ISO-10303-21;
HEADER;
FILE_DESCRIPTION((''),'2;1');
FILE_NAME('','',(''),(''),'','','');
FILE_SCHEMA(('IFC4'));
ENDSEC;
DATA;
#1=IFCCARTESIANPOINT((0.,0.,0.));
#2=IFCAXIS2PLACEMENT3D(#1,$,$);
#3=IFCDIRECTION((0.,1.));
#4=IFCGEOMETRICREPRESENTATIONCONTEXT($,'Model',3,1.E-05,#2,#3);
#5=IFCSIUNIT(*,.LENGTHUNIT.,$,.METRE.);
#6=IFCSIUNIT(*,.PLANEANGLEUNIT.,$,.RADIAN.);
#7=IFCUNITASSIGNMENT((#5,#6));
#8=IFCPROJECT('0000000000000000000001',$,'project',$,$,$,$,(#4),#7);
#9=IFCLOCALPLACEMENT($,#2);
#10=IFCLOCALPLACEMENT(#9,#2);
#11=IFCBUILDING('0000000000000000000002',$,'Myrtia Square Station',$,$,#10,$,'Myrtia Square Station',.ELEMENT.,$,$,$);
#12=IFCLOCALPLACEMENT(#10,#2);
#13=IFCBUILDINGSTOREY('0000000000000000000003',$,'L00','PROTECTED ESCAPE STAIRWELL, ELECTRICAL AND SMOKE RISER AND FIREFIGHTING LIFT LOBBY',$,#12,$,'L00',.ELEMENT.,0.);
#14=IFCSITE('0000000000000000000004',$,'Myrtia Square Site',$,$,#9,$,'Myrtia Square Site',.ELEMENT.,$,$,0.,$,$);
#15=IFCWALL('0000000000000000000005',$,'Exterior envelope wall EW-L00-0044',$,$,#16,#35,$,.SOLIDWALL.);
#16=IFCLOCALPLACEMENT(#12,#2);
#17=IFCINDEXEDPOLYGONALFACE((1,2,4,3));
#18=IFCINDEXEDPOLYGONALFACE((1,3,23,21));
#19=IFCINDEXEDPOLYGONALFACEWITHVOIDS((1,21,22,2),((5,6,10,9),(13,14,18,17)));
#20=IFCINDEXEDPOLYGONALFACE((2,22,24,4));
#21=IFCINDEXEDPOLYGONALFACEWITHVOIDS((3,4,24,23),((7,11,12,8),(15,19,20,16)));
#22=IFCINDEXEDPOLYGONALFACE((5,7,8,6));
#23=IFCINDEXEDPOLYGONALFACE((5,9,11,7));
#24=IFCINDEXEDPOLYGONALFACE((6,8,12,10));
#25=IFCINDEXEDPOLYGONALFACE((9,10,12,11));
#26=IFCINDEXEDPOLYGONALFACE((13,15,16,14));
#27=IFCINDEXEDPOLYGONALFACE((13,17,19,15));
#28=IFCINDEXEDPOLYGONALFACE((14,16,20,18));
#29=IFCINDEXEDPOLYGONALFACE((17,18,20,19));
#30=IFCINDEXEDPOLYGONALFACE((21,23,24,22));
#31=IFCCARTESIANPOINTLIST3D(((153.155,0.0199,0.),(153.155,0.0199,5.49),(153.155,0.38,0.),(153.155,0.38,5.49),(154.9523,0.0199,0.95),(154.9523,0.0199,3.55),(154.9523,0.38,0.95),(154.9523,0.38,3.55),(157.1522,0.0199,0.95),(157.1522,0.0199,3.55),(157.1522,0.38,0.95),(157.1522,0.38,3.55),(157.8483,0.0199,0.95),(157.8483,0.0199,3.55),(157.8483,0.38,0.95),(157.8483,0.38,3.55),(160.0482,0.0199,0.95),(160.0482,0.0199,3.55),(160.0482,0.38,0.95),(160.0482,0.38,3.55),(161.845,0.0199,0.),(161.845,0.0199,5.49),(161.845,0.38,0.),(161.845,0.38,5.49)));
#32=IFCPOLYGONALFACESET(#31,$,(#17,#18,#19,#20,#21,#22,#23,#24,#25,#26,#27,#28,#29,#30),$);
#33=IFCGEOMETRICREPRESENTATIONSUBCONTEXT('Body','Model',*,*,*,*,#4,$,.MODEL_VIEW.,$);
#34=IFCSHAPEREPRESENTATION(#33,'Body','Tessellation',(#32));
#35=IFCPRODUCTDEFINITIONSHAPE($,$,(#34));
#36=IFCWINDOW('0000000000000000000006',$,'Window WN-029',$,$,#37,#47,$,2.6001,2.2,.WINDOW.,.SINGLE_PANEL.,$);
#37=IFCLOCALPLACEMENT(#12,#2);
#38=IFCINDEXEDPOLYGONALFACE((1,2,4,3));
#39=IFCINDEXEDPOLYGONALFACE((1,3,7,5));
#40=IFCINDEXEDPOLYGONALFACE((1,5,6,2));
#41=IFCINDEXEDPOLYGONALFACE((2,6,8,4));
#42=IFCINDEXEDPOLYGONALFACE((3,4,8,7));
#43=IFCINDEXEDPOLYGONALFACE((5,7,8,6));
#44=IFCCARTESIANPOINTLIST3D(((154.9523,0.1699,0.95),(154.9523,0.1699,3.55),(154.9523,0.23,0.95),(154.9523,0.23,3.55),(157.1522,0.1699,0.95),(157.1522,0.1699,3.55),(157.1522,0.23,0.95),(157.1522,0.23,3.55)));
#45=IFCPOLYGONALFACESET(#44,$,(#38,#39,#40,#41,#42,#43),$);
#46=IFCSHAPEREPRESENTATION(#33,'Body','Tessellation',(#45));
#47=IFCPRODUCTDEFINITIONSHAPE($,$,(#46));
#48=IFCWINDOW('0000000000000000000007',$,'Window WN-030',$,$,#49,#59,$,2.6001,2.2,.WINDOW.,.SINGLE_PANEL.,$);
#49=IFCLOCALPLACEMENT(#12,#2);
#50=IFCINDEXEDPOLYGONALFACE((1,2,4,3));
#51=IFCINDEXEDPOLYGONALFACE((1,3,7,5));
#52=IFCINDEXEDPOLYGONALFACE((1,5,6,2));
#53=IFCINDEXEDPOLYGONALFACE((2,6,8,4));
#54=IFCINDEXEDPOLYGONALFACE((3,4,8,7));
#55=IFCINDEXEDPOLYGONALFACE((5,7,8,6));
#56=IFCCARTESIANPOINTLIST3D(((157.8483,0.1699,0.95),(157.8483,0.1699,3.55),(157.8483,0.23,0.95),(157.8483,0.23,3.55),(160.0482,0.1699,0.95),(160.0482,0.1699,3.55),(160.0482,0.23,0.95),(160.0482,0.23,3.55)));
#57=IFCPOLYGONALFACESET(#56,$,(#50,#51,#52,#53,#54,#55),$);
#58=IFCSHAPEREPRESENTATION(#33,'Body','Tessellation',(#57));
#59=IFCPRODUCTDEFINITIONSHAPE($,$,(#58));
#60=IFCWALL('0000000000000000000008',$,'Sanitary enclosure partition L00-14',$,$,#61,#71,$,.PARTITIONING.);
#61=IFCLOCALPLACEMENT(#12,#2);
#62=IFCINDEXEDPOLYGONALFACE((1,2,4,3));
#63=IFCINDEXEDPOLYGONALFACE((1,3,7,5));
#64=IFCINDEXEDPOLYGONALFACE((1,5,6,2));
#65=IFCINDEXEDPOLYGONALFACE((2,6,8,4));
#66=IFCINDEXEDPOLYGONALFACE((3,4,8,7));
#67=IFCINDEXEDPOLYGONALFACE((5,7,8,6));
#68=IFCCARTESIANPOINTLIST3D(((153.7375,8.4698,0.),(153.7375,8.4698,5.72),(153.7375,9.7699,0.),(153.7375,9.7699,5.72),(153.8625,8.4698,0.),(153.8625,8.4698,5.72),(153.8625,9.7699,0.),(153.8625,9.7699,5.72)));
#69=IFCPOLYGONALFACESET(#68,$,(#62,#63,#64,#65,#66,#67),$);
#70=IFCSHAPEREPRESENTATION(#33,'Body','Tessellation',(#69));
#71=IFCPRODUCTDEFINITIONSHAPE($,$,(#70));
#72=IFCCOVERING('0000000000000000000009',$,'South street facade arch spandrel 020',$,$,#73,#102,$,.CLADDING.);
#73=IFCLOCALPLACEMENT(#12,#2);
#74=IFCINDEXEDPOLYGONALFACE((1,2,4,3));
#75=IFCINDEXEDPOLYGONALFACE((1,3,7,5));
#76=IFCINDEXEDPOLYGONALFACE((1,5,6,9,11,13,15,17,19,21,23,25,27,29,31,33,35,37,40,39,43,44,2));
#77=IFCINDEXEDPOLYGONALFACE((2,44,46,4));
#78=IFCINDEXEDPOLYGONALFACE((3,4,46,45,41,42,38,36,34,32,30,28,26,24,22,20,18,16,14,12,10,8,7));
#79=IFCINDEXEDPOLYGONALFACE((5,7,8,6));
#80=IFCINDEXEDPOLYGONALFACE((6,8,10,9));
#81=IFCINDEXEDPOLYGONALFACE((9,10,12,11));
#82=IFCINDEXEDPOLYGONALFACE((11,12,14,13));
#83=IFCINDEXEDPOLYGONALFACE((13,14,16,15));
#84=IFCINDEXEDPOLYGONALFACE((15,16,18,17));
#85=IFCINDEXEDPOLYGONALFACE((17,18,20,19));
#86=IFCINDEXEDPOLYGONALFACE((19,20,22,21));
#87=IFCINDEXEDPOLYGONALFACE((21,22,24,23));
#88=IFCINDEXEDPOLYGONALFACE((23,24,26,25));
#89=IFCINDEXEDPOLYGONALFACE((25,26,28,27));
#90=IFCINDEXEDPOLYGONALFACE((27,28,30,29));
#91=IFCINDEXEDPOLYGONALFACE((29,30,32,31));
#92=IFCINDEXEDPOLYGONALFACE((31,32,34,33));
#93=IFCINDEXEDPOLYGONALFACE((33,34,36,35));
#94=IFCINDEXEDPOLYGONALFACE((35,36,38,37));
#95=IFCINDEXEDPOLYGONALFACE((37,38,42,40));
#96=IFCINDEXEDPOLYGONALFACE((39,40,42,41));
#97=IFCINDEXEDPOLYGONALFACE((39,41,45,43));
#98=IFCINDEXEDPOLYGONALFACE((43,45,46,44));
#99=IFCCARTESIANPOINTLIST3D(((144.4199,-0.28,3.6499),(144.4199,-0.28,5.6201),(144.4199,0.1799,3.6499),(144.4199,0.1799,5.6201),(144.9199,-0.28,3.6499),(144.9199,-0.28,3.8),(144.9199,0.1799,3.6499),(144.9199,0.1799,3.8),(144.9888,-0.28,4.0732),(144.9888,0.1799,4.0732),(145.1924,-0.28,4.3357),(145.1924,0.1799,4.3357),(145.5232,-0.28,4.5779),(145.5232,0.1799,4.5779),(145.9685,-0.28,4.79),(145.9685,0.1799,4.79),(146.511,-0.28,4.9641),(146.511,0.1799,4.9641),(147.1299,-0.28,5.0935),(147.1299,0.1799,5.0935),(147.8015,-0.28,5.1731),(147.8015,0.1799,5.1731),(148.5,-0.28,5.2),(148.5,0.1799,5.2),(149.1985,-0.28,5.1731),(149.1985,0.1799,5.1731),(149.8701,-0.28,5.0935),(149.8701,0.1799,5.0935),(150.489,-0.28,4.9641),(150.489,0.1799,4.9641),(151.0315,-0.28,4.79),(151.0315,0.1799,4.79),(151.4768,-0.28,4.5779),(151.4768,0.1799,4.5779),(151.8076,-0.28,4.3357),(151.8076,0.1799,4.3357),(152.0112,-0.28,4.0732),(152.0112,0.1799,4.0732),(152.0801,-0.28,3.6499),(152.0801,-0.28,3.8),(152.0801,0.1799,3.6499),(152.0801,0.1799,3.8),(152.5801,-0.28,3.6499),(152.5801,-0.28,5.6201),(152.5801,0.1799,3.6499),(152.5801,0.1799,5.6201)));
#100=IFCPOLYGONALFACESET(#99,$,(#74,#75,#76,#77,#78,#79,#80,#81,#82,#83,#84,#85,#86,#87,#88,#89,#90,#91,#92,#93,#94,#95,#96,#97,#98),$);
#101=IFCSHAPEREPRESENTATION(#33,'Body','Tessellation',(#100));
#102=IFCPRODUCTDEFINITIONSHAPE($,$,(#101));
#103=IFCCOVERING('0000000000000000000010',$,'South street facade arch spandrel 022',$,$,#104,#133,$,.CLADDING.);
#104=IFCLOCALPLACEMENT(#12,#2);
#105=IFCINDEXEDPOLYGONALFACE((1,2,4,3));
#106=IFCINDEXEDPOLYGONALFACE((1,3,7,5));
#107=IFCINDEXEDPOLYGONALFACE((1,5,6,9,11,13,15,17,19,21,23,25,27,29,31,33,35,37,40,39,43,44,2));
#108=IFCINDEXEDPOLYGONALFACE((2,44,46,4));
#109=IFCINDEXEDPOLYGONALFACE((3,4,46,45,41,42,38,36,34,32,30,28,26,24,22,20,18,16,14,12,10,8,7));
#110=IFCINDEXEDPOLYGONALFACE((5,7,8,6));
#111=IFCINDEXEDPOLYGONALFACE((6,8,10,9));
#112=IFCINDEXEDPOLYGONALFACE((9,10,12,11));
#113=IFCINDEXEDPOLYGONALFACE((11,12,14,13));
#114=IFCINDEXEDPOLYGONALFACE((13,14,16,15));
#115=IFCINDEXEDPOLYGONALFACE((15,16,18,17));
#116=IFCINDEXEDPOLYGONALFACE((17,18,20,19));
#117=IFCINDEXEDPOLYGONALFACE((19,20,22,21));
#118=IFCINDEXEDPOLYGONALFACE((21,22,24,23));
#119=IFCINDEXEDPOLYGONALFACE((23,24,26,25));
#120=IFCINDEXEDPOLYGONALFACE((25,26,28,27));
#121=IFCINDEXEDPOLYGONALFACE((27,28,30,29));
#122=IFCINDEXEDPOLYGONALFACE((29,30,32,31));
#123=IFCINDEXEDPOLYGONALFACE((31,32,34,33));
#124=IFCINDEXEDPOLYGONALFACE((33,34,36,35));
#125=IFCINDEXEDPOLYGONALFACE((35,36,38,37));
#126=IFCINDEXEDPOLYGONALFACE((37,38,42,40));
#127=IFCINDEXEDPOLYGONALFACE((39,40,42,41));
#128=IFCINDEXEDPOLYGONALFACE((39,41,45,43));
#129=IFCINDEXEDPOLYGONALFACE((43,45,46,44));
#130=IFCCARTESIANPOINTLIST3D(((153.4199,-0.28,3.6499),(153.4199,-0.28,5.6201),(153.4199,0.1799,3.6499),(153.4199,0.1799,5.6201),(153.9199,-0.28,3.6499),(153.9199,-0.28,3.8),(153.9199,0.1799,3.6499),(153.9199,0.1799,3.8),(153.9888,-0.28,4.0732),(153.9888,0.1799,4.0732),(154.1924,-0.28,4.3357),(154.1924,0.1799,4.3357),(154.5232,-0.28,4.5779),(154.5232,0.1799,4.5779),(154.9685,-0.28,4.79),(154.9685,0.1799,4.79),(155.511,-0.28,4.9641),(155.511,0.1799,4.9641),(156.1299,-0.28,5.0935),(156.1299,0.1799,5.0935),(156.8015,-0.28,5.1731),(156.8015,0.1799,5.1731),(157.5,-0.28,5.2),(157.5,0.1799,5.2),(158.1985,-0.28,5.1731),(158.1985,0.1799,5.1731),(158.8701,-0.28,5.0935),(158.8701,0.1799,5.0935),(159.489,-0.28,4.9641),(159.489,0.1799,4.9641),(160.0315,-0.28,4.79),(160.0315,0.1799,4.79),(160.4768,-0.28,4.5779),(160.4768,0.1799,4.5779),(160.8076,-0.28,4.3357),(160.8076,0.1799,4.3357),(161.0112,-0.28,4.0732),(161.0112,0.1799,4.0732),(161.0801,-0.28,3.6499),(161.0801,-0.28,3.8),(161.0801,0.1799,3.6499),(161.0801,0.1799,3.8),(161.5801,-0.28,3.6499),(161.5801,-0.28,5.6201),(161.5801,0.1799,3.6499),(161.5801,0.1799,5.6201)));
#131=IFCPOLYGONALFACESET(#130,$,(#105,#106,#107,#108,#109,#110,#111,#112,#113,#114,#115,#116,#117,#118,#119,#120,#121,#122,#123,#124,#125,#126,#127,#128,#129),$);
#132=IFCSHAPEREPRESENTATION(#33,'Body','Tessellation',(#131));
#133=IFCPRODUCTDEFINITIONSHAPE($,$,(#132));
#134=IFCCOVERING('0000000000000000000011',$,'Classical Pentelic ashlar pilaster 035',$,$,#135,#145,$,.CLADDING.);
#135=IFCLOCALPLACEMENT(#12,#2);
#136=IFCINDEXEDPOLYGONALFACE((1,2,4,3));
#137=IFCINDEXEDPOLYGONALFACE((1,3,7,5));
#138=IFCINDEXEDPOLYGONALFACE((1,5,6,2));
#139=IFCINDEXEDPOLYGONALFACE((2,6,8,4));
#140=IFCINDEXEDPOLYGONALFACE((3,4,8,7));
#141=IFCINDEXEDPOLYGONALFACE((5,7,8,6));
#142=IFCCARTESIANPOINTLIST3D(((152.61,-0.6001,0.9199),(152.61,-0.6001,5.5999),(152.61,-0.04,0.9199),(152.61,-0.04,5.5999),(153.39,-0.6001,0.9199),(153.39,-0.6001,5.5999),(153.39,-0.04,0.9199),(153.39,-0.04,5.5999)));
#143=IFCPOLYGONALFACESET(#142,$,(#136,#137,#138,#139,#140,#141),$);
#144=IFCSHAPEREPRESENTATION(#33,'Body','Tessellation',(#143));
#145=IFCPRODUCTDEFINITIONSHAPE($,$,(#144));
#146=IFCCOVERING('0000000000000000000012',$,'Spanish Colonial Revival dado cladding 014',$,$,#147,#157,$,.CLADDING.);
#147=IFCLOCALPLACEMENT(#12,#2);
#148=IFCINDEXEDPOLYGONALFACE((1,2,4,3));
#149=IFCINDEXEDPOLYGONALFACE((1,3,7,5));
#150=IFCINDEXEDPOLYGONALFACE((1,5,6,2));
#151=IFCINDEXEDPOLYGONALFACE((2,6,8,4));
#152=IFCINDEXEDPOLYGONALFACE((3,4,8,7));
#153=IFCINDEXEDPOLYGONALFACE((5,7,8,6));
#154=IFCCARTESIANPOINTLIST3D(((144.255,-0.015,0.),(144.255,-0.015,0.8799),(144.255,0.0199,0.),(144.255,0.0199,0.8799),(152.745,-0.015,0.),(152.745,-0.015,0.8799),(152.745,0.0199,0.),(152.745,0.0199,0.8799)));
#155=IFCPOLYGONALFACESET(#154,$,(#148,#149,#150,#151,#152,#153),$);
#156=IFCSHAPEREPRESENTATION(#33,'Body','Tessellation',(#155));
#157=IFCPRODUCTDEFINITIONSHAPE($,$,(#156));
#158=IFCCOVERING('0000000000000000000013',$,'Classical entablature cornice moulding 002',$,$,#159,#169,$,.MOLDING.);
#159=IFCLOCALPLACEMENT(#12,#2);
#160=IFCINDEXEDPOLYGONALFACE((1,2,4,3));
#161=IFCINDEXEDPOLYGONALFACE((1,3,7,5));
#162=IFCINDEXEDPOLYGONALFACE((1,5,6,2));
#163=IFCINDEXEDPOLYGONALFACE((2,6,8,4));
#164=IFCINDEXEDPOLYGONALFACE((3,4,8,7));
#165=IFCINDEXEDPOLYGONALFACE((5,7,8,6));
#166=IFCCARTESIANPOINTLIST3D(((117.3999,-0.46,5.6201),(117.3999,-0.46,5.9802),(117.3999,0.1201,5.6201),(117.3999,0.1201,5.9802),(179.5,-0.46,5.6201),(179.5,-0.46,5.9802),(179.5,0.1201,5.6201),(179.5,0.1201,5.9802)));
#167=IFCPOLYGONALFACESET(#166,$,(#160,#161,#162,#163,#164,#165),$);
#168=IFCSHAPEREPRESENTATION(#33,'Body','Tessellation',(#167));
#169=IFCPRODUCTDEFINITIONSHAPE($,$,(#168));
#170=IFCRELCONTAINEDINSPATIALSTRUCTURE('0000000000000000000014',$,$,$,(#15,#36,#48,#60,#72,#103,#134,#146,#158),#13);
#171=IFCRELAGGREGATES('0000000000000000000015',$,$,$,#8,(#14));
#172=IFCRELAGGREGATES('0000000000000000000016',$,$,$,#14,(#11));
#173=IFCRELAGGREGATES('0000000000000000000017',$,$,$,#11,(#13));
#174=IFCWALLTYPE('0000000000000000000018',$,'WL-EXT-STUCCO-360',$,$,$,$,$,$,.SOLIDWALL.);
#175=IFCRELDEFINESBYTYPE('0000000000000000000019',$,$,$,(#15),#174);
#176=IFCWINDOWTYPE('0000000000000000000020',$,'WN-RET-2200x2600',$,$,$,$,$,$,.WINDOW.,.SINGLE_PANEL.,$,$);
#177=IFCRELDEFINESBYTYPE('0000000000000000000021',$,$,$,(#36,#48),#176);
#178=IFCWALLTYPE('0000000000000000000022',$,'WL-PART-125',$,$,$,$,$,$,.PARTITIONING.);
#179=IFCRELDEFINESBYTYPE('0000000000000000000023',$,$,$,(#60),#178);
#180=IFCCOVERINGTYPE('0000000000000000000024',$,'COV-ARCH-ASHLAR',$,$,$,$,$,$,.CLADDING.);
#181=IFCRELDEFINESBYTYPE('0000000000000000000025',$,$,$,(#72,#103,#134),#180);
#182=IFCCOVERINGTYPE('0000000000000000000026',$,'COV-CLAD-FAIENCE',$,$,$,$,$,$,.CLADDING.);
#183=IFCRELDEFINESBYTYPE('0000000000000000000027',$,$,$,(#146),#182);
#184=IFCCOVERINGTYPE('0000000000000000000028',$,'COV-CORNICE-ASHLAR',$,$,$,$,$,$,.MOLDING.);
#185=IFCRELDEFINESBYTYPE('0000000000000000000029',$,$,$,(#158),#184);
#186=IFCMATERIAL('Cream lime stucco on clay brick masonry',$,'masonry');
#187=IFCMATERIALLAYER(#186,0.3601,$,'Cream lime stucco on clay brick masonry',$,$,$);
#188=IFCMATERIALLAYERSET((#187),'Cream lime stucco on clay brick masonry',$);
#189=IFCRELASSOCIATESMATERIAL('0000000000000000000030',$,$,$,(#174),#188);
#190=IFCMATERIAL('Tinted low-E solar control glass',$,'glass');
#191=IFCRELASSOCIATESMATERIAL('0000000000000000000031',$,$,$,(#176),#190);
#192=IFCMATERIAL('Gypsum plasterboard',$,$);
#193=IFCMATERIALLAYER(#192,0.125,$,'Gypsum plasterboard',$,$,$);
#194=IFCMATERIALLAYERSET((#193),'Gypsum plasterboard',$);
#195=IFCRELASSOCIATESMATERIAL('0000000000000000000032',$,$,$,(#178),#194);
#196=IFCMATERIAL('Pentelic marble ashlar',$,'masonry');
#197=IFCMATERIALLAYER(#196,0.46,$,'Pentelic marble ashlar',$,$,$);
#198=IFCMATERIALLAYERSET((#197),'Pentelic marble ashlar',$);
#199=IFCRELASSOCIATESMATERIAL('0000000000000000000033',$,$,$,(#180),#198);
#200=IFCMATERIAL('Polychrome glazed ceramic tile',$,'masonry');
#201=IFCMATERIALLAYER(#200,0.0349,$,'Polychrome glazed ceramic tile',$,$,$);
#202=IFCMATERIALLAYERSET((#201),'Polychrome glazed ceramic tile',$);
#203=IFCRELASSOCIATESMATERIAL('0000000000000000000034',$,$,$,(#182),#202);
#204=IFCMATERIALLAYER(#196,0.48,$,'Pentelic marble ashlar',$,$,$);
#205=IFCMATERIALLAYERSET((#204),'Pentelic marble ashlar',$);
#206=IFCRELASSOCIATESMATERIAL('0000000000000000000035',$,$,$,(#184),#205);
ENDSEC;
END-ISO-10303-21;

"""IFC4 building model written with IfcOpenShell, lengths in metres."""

from ifc_helpers import new_model, si_unit, direction, frame, frame_2d, origin, origin_2d, place, context, subcontext, project, spatial, polyline, rectangle, outline, extrude, material, layer, layer_set, type_object, element, fill, save


model = new_model("IFC4")

# Units and contexts
model_context = context("Model", 3, precision=1e-05, world=origin(), true_north=direction((0.0, 1.0)))
body_context = subcontext(model_context, "Body", "Model", "MODEL_VIEW")
ifc_project = project(units=[si_unit("LENGTHUNIT", "METRE"), si_unit("PLANEANGLEUNIT", "RADIAN")], contexts=[model_context])

# Site, building, storey
site_placement = place(None, origin())
site = spatial("IfcSite", under=ifc_project, at=site_placement, Name="Myrtia Square Site", LongName="Myrtia Square Site", CompositionType="ELEMENT", RefElevation=0.0)
building_placement = place(site_placement, origin())
building = spatial("IfcBuilding", under=site, at=building_placement, Name="Myrtia Square Station", LongName="Myrtia Square Station", CompositionType="ELEMENT")
storey_placement = place(building_placement, origin())
storey = spatial("IfcBuildingStorey", under=building, at=storey_placement, Name="L00", Description="PROTECTED ESCAPE STAIRWELL, ELECTRICAL AND SMOKE RISER AND FIREFIGHTING LIFT LOBBY", LongName="L00", CompositionType="ELEMENT", Elevation=0.0)

# Wall, openings, windows
ifc_material_1 = material(Name="Cream lime stucco on clay brick masonry", Category="masonry")
ifc_layer_1 = layer(ifc_material_1, 0.3601, Name="Cream lime stucco on clay brick masonry")
ifc_layer_set_1 = layer_set([ifc_layer_1], Name="Cream lime stucco on clay brick masonry")
wall_type_1 = type_object("IfcWallType", Name="WL-EXT-STUCCO-360", PredefinedType="SOLIDWALL", material=ifc_layer_set_1)
wall_1_placement = place(storey_placement, frame((153.155, 0.2, 0.0), z_axis=(0.0, 0.0, 1.0), x_axis=(1.0, 0.0, 0.0)))
wall_1 = element("IfcWall", 1, at=wall_1_placement, inside=storey, type_object=wall_type_1, Name="Exterior envelope wall EW-L00-0044", PredefinedType="SOLIDWALL", context=body_context, shape_type="SweptSolid", body=[
    extrude(rectangle(XDim=8.6899, YDim=0.3601, at=frame_2d((4.345, 0.0))), origin(), (0.0, 0.0, 1.0), 5.49),
])
opening_1_placement = place(wall_1_placement, frame((1.7971, 0.0, 0.95)))
opening_1 = element("IfcOpeningElement", 2, at=opening_1_placement, cuts=wall_1, PredefinedType="OPENING", context=body_context, shape_type="SweptSolid", body=[
    extrude(rectangle(XDim=2.2, YDim=2.6001, at=frame_2d((1.1001, 1.3))), frame((0.0, 0.1951, 0.0), z_axis=(0.0, -1.0, 0.0), x_axis=(1.0, 0.0, 0.0)), (0.0, 0.0, 1.0), 0.3901),
])
opening_2_placement = place(wall_1_placement, frame((4.6931, 0.0, 0.95)))
opening_2 = element("IfcOpeningElement", 3, at=opening_2_placement, cuts=wall_1, PredefinedType="OPENING", context=body_context, shape_type="SweptSolid", body=[
    extrude(rectangle(XDim=2.2, YDim=2.6001, at=frame_2d((1.1001, 1.3))), frame((0.0, 0.1951, 0.0), z_axis=(0.0, -1.0, 0.0), x_axis=(1.0, 0.0, 0.0)), (0.0, 0.0, 1.0), 0.3901),
])
ifc_material_2 = material(Name="Tinted low-E solar control glass", Category="glass")
window_type = type_object("IfcWindowType", Name="WN-RET-2200x2600", PartitioningType="SINGLE_PANEL", PredefinedType="WINDOW", material=ifc_material_2)
window_1_placement = place(opening_1_placement, origin())
window_1 = element("IfcWindow", 4, at=window_1_placement, inside=storey, type_object=window_type, Name="Window WN-029", OverallHeight=2.6001, OverallWidth=2.2, PartitioningType="SINGLE_PANEL", PredefinedType="WINDOW", context=body_context, shape_type="SweptSolid", body=[
    extrude(rectangle(XDim=2.2, YDim=2.6001, at=frame_2d((1.1001, 1.3))), frame((0.0, 0.03, 0.0), z_axis=(0.0, -1.0, 0.0), x_axis=(1.0, 0.0, 0.0)), (0.0, 0.0, 1.0), 0.0601),
])
fill(opening_1, window_1)
window_2_placement = place(opening_2_placement, origin())
window_2 = element("IfcWindow", 5, at=window_2_placement, inside=storey, type_object=window_type, Name="Window WN-030", OverallHeight=2.6001, OverallWidth=2.2, PartitioningType="SINGLE_PANEL", PredefinedType="WINDOW", context=body_context, shape_type="SweptSolid", body=[
    extrude(rectangle(XDim=2.2, YDim=2.6001, at=frame_2d((1.1001, 1.3))), frame((0.0, 0.03, 0.0), z_axis=(0.0, -1.0, 0.0), x_axis=(1.0, 0.0, 0.0)), (0.0, 0.0, 1.0), 0.0601),
])
fill(opening_2, window_2)

# Wall
ifc_material_3 = material(Name="Gypsum plasterboard")
ifc_layer_2 = layer(ifc_material_3, 0.125, Name="Gypsum plasterboard")
ifc_layer_set_2 = layer_set([ifc_layer_2], Name="Gypsum plasterboard")
wall_type_2 = type_object("IfcWallType", Name="WL-PART-125", PredefinedType="PARTITIONING", material=ifc_layer_set_2)
wall_2_placement = place(storey_placement, frame((153.8, 8.47, 0.0), z_axis=(0.0, 0.0, 1.0), x_axis=(0.0, 1.0, 0.0)))
element("IfcWall", 6, at=wall_2_placement, inside=storey, type_object=wall_type_2, Name="Sanitary enclosure partition L00-14", PredefinedType="PARTITIONING", context=body_context, shape_type="SweptSolid", body=[
    extrude(rectangle(XDim=1.3, YDim=0.125, at=frame_2d((0.6499, 0.0))), origin(), (0.0, 0.0, 1.0), 5.72),
])

# Coverings
ifc_material_4 = material(Name="Pentelic marble ashlar", Category="masonry")
ifc_layer_3 = layer(ifc_material_4, 0.46, Name="Pentelic marble ashlar")
ifc_layer_set_3 = layer_set([ifc_layer_3], Name="Pentelic marble ashlar")
covering_type_1 = type_object("IfcCoveringType", Name="COV-ARCH-ASHLAR", PredefinedType="CLADDING", material=ifc_layer_set_3)
for number, where, z_axis, x_axis, name in (
    (7, (144.4199, -0.05, 3.6499), (0.0, 0.0, 1.0), (1.0, 0.0, 0.0), "South street facade arch spandrel 020"),
    (8, (153.4199, -0.05, 3.6499), (0.0, 0.0, 1.0), (1.0, 0.0, 0.0), "South street facade arch spandrel 022"),
):
    element("IfcCovering", number, at=place(storey_placement, frame(where, z_axis=z_axis, x_axis=x_axis)), inside=storey, type_object=covering_type_1, Name=name, PredefinedType="CLADDING", context=body_context, shape_type="SweptSolid", body=[
        extrude(outline(polyline([(0.0, 0.0), (0.5, 0.0), (0.5, 0.1501), (0.5688, 0.4233), (0.7725, 0.6858), (1.1033, 0.928), (1.5486, 1.1401), (2.0911, 1.3142), (2.71, 1.4436), (3.3816, 1.5232), (4.0801, 1.55), (4.7786, 1.5232), (5.4502, 1.4436), (6.0691, 1.3142), (6.6116, 1.1401), (7.0569, 0.928), (7.3877, 0.6858), (7.5913, 0.4233), (7.6602, 0.1501), (7.6602, 0.0), (8.1602, 0.0), (8.1602, 1.9702), (0.0, 1.9702), (0.0, 0.0)])), frame((0.0, 0.23, 0.0), z_axis=(0.0, -1.0, 0.0), x_axis=(1.0, 0.0, 0.0)), (0.0, 0.0, 1.0), 0.46),
    ])
covering_1_placement = place(storey_placement, frame((153.0, -0.3201, 0.9199), z_axis=(0.0, 0.0, 1.0), x_axis=(1.0, 0.0, 0.0)))
element("IfcCovering", 9, at=covering_1_placement, inside=storey, type_object=covering_type_1, Name="Classical Pentelic ashlar pilaster 035", PredefinedType="CLADDING", context=body_context, shape_type="SweptSolid", body=[
    extrude(rectangle(XDim=0.78, YDim=0.5601, at=origin_2d()), origin(), (0.0, 0.0, 1.0), 4.6799),
])
ifc_material_5 = material(Name="Polychrome glazed ceramic tile", Category="masonry")
ifc_layer_4 = layer(ifc_material_5, 0.0349, Name="Polychrome glazed ceramic tile")
ifc_layer_set_4 = layer_set([ifc_layer_4], Name="Polychrome glazed ceramic tile")
covering_type_2 = type_object("IfcCoveringType", Name="COV-CLAD-FAIENCE", PredefinedType="CLADDING", material=ifc_layer_set_4)
covering_2_placement = place(storey_placement, frame((148.5, 0.0024, 0.0), z_axis=(0.0, 0.0, 1.0), x_axis=(1.0, 0.0, 0.0)))
element("IfcCovering", 10, at=covering_2_placement, inside=storey, type_object=covering_type_2, Name="Spanish Colonial Revival dado cladding 014", PredefinedType="CLADDING", context=body_context, shape_type="SweptSolid", body=[
    extrude(rectangle(XDim=8.49, YDim=0.0349, at=origin_2d()), origin(), (0.0, 0.0, 1.0), 0.8799),
])
ifc_layer_5 = layer(ifc_material_4, 0.48, Name="Pentelic marble ashlar")
ifc_layer_set_5 = layer_set([ifc_layer_5], Name="Pentelic marble ashlar")
covering_type_3 = type_object("IfcCoveringType", Name="COV-CORNICE-ASHLAR", PredefinedType="MOLDING", material=ifc_layer_set_5)
covering_3_placement = place(storey_placement, frame((148.45, -0.1699, 5.6201), z_axis=(0.0, 0.0, 1.0), x_axis=(1.0, 0.0, 0.0)))
element("IfcCovering", 11, at=covering_3_placement, inside=storey, type_object=covering_type_3, Name="Classical entablature cornice moulding 002", PredefinedType="MOLDING", context=body_context, shape_type="SweptSolid", body=[
    extrude(rectangle(XDim=62.1001, YDim=0.5801, at=origin_2d()), origin(), (0.0, 0.0, 1.0), 0.3601),
])

save(model, "model.ifc")
